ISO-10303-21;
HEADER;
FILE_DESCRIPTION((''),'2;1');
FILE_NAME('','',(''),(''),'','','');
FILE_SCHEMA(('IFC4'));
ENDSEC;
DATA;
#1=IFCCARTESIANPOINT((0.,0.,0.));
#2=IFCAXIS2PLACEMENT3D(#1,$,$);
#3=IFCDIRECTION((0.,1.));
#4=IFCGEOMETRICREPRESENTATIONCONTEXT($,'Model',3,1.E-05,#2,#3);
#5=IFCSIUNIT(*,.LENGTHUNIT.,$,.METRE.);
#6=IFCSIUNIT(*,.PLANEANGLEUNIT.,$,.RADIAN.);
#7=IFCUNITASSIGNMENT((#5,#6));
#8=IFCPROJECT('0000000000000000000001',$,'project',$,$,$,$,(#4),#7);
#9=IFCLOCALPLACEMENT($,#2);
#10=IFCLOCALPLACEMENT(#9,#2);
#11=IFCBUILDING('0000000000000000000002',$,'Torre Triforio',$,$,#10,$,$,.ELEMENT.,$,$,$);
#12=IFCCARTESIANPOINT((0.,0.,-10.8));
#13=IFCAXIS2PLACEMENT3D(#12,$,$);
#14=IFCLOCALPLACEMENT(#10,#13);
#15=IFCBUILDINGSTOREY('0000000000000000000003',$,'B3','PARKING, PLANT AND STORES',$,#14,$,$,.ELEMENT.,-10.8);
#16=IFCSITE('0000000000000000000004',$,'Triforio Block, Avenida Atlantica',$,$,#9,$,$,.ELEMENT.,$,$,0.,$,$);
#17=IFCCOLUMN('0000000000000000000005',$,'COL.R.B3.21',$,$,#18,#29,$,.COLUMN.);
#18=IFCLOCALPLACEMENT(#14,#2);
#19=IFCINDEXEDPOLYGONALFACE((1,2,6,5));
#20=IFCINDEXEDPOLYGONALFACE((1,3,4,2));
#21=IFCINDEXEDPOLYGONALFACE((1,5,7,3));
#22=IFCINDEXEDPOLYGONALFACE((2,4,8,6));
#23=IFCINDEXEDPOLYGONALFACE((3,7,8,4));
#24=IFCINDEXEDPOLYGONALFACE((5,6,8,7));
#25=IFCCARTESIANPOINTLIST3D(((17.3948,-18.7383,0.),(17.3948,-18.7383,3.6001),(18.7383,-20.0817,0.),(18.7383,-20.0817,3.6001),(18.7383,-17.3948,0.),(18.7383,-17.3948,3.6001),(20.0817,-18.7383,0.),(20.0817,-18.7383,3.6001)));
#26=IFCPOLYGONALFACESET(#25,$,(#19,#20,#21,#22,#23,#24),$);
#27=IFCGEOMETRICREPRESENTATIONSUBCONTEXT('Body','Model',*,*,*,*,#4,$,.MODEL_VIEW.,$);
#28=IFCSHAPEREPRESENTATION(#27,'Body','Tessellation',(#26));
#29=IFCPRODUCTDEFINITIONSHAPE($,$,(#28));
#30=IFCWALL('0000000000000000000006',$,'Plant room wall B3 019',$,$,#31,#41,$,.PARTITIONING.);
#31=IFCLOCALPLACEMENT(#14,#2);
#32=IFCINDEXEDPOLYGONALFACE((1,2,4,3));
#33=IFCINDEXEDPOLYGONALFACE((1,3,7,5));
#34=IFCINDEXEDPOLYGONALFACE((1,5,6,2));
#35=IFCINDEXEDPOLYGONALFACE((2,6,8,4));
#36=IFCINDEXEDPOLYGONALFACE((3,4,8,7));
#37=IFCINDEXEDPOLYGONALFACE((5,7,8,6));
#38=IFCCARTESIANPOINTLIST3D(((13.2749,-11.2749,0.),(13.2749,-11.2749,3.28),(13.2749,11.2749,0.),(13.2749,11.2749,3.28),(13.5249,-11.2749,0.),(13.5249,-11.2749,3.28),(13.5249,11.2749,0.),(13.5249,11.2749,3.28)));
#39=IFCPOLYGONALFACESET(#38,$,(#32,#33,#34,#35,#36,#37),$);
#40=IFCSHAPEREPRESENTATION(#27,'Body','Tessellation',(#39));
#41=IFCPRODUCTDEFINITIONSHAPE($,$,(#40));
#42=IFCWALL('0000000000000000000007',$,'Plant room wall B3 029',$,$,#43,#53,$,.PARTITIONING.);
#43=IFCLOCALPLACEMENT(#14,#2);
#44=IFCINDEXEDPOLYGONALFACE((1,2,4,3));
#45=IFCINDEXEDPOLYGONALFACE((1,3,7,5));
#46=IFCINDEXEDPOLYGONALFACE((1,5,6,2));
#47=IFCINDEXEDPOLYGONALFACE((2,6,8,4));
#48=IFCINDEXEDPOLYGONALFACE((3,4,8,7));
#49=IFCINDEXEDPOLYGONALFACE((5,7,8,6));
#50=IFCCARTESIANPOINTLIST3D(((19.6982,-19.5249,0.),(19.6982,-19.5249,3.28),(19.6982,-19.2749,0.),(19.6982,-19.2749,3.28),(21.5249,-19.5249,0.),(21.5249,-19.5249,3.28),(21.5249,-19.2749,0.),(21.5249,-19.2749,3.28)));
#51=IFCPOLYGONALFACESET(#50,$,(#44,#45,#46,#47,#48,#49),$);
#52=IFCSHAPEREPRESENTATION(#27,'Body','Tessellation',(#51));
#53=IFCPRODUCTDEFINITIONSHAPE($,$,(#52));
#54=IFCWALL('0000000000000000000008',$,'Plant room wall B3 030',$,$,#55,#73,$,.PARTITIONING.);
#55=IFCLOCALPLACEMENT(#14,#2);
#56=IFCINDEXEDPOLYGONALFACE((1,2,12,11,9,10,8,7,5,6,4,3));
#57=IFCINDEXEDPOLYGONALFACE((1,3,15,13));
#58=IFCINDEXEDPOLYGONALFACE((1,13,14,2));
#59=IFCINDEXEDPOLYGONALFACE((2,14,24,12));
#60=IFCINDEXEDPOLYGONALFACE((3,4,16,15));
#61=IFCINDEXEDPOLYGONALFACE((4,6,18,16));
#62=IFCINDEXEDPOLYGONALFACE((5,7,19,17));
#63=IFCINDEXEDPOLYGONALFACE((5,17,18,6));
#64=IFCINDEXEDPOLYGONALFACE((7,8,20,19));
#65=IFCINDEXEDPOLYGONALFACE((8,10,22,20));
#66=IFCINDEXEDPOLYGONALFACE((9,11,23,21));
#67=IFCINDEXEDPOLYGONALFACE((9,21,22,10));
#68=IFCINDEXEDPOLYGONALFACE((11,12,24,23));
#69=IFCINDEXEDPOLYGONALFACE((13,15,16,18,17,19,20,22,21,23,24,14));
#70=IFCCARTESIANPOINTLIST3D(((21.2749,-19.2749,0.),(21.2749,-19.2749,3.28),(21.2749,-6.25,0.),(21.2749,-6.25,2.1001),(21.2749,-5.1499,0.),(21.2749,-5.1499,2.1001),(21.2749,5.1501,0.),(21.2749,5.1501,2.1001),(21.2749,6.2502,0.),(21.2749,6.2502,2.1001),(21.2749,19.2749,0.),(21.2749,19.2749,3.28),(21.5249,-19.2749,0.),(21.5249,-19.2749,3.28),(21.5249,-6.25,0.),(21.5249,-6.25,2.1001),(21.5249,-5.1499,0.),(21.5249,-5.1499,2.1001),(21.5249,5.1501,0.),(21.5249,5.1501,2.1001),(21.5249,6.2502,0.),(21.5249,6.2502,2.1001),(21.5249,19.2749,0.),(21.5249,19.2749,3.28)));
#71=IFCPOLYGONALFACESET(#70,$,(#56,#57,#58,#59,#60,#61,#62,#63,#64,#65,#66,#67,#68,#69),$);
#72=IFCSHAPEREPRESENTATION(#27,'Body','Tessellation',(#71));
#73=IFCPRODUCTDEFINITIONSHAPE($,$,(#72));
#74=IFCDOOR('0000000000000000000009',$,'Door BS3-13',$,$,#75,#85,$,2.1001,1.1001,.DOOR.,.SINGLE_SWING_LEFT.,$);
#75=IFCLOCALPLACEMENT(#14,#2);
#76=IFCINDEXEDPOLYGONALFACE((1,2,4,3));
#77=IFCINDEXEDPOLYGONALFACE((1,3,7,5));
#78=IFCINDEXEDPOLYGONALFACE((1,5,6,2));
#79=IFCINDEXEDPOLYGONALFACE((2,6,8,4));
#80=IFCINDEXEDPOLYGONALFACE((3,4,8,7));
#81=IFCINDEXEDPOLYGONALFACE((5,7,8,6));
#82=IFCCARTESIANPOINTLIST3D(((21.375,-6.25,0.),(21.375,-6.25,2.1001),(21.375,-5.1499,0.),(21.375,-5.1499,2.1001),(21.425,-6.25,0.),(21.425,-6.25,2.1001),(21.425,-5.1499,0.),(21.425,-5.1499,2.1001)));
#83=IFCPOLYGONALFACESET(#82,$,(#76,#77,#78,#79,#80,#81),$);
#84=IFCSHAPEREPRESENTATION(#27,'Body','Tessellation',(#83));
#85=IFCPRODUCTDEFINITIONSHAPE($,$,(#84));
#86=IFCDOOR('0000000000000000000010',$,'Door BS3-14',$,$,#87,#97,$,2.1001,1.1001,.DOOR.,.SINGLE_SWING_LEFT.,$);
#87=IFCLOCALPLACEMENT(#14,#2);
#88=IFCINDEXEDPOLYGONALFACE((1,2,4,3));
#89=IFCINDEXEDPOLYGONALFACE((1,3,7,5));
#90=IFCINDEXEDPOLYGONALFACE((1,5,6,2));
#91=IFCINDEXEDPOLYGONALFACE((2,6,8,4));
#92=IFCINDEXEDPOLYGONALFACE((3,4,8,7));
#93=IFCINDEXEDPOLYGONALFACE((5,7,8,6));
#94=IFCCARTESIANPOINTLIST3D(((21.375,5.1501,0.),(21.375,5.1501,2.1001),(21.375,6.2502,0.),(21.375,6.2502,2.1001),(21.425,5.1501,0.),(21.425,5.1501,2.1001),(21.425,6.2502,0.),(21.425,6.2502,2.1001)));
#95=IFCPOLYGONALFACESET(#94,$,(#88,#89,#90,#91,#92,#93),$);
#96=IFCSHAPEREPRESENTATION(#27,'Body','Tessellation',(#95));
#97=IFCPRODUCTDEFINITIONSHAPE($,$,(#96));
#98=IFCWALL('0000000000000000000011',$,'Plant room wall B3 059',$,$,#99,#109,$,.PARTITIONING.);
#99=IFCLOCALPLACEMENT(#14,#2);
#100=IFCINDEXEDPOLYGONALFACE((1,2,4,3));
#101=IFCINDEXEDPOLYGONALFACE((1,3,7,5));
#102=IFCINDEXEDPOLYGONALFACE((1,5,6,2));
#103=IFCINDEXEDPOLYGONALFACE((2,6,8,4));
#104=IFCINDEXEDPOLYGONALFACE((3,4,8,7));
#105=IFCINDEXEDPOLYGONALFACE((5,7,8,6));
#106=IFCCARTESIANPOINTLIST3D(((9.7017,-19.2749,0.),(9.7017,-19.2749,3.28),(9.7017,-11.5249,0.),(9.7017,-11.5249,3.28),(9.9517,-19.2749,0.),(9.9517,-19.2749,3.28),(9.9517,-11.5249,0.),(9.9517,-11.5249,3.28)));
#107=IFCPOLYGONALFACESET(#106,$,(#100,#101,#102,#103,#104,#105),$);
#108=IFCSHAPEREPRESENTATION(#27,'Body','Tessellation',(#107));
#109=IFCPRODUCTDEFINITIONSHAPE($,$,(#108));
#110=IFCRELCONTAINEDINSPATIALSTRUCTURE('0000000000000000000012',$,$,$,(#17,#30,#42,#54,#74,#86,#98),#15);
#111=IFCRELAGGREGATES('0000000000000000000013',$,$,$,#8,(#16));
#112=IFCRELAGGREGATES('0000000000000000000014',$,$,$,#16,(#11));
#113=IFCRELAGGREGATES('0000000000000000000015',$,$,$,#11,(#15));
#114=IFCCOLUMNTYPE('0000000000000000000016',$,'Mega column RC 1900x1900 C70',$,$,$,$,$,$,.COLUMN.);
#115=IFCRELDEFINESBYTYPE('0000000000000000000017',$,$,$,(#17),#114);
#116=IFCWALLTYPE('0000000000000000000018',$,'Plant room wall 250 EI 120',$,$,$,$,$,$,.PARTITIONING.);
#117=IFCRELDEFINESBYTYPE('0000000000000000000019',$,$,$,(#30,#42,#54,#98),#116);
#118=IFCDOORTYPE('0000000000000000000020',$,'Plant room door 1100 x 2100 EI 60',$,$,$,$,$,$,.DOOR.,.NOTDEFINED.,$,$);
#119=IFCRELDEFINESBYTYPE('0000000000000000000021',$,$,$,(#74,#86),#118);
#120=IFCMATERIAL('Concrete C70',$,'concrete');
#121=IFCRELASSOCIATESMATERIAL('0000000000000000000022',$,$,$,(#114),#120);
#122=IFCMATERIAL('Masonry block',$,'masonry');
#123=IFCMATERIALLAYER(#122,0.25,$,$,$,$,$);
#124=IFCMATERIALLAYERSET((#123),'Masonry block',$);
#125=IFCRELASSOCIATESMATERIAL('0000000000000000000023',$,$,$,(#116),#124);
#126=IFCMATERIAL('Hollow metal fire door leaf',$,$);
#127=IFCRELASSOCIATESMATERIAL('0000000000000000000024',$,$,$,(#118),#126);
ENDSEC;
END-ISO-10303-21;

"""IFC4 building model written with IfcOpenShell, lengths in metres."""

from ifc_helpers import new_model, si_unit, direction, frame, frame_2d, origin, origin_2d, place, context, subcontext, project, spatial, rectangle, extrude, material, layer, layer_set, material_profile, profile_set, type_object, element, fill, save


model = new_model("IFC4")

# Units and contexts
model_context = context("Model", 3, precision=1e-05, world=origin(), true_north=direction((0.0, 1.0)))
body_context = subcontext(model_context, "Body", "Model", "MODEL_VIEW")
ifc_project = project(units=[si_unit("LENGTHUNIT", "METRE"), si_unit("PLANEANGLEUNIT", "RADIAN")], contexts=[model_context])

# Site, building, storey
site_placement = place(None, origin())
site = spatial("IfcSite", under=ifc_project, at=site_placement, Name="Triforio Block, Avenida Atlantica", CompositionType="ELEMENT", RefElevation=0.0)
building_placement = place(site_placement, origin())
building = spatial("IfcBuilding", under=site, at=building_placement, Name="Torre Triforio", CompositionType="ELEMENT")
storey_placement = place(building_placement, frame((0.0, 0.0, -10.8)))
storey = spatial("IfcBuildingStorey", under=building, at=storey_placement, Name="B3", Description="PARKING, PLANT AND STORES", CompositionType="ELEMENT", Elevation=-10.8)

# Column
ifc_material_1 = material(Name="Concrete C70", Category="concrete")
ifc_material_profile_1 = material_profile(ifc_material_1, rectangle(XDim=1.8999, YDim=1.8999, at=origin_2d()), Name="RC 1900x1900")
ifc_profile_set_1 = profile_set([ifc_material_profile_1], Name="Concrete C70")
column_type_1 = type_object("IfcColumnType", Name="Mega column RC 1900x1900 C70", PredefinedType="COLUMN", material=ifc_profile_set_1)
column_placement = place(storey_placement, frame((18.7383, -18.7383, 0.0), z_axis=(0.0, 0.0, 1.0), x_axis=(0.707107, 0.707107, 0.0)))
element("IfcColumn", 1, at=column_placement, inside=storey, type_object=column_type_1, Name="COL.R.B3.21", PredefinedType="COLUMN", context=body_context, shape_type="SweptSolid", body=[
    extrude(rectangle(XDim=1.8999, YDim=1.8999, at=origin_2d()), origin(), (0.0, 0.0, 1.0), 3.6001),
])

# Walls
ifc_material_2 = material(Name="Masonry block", Category="masonry")
ifc_layer = layer(ifc_material_2, 0.25)
ifc_layer_set = layer_set([ifc_layer], Name="Masonry block")
wall_type = type_object("IfcWallType", Name="Plant room wall 250 EI 120", PredefinedType="PARTITIONING", material=ifc_layer_set)
wall_1_placement = place(storey_placement, frame((13.3999, -11.2749, 0.0), z_axis=(0.0, 0.0, 1.0), x_axis=(0.0, 1.0, 0.0)))
element("IfcWall", 2, at=wall_1_placement, inside=storey, type_object=wall_type, Name="Plant room wall B3 019", PredefinedType="PARTITIONING", context=body_context, shape_type="SweptSolid", body=[
    extrude(rectangle(XDim=22.5498, YDim=0.25, at=frame_2d((11.2749, 0.0))), origin(), (0.0, 0.0, 1.0), 3.28),
])
wall_2_placement = place(storey_placement, frame((19.6982, -19.3999, 0.0), z_axis=(0.0, 0.0, 1.0), x_axis=(1.0, 0.0, 0.0)))
element("IfcWall", 3, at=wall_2_placement, inside=storey, type_object=wall_type, Name="Plant room wall B3 029", PredefinedType="PARTITIONING", context=body_context, shape_type="SweptSolid", body=[
    extrude(rectangle(XDim=1.8267, YDim=0.25, at=frame_2d((0.9133, 0.0))), origin(), (0.0, 0.0, 1.0), 3.28),
])

# Wall, openings, doors
wall_3_placement = place(storey_placement, frame((21.3999, -19.2749, 0.0), z_axis=(0.0, 0.0, 1.0), x_axis=(0.0, 1.0, 0.0)))
wall_3 = element("IfcWall", 4, at=wall_3_placement, inside=storey, type_object=wall_type, Name="Plant room wall B3 030", PredefinedType="PARTITIONING", context=body_context, shape_type="SweptSolid", body=[
    extrude(rectangle(XDim=38.5498, YDim=0.25, at=frame_2d((19.2749, 0.0))), origin(), (0.0, 0.0, 1.0), 3.28),
])
opening_1_placement = place(wall_3_placement, frame((13.0249, 0.0, 0.0)))
opening_1 = element("IfcOpeningElement", 5, at=opening_1_placement, cuts=wall_3, PredefinedType="OPENING", context=body_context, shape_type="SweptSolid", body=[
    extrude(rectangle(XDim=1.1001, YDim=2.1001, at=frame_2d((0.55, 1.05))), frame((0.0, 0.135, 0.0), z_axis=(0.0, -1.0, 0.0), x_axis=(1.0, 0.0, 0.0)), (0.0, 0.0, 1.0), 0.27),
])
opening_2_placement = place(wall_3_placement, frame((24.425, 0.0, 0.0)))
opening_2 = element("IfcOpeningElement", 6, at=opening_2_placement, cuts=wall_3, PredefinedType="OPENING", context=body_context, shape_type="SweptSolid", body=[
    extrude(rectangle(XDim=1.1001, YDim=2.1001, at=frame_2d((0.55, 1.05))), frame((0.0, 0.135, 0.0), z_axis=(0.0, -1.0, 0.0), x_axis=(1.0, 0.0, 0.0)), (0.0, 0.0, 1.0), 0.27),
])
ifc_material_3 = material(Name="Hollow metal fire door leaf")
door_type = type_object("IfcDoorType", Name="Plant room door 1100 x 2100 EI 60", OperationType="NOTDEFINED", PredefinedType="DOOR", material=ifc_material_3)
door_1_placement = place(opening_1_placement, origin())
door_1 = element("IfcDoor", 7, at=door_1_placement, inside=storey, type_object=door_type, Name="Door BS3-13", OperationType="SINGLE_SWING_LEFT", OverallHeight=2.1001, OverallWidth=1.1001, PredefinedType="DOOR", context=body_context, shape_type="SweptSolid", body=[
    extrude(rectangle(XDim=1.1001, YDim=2.1001, at=frame_2d((0.55, 1.05))), frame((0.0, 0.0249, 0.0), z_axis=(0.0, -1.0, 0.0), x_axis=(1.0, 0.0, 0.0)), (0.0, 0.0, 1.0), 0.05),
])
fill(opening_1, door_1)
door_2_placement = place(opening_2_placement, origin())
door_2 = element("IfcDoor", 8, at=door_2_placement, inside=storey, type_object=door_type, Name="Door BS3-14", OperationType="SINGLE_SWING_LEFT", OverallHeight=2.1001, OverallWidth=1.1001, PredefinedType="DOOR", context=body_context, shape_type="SweptSolid", body=[
    extrude(rectangle(XDim=1.1001, YDim=2.1001, at=frame_2d((0.55, 1.05))), frame((0.0, 0.0249, 0.0), z_axis=(0.0, -1.0, 0.0), x_axis=(1.0, 0.0, 0.0)), (0.0, 0.0, 1.0), 0.05),
])
fill(opening_2, door_2)

# Wall
wall_4_placement = place(storey_placement, frame((9.8267, -19.2749, 0.0), z_axis=(0.0, 0.0, 1.0), x_axis=(0.0, 1.0, 0.0)))
element("IfcWall", 9, at=wall_4_placement, inside=storey, type_object=wall_type, Name="Plant room wall B3 059", PredefinedType="PARTITIONING", context=body_context, shape_type="SweptSolid", body=[
    extrude(rectangle(XDim=7.75, YDim=0.25, at=frame_2d((3.875, 0.0))), origin(), (0.0, 0.0, 1.0), 3.28),
])

save(model, "model.ifc")
